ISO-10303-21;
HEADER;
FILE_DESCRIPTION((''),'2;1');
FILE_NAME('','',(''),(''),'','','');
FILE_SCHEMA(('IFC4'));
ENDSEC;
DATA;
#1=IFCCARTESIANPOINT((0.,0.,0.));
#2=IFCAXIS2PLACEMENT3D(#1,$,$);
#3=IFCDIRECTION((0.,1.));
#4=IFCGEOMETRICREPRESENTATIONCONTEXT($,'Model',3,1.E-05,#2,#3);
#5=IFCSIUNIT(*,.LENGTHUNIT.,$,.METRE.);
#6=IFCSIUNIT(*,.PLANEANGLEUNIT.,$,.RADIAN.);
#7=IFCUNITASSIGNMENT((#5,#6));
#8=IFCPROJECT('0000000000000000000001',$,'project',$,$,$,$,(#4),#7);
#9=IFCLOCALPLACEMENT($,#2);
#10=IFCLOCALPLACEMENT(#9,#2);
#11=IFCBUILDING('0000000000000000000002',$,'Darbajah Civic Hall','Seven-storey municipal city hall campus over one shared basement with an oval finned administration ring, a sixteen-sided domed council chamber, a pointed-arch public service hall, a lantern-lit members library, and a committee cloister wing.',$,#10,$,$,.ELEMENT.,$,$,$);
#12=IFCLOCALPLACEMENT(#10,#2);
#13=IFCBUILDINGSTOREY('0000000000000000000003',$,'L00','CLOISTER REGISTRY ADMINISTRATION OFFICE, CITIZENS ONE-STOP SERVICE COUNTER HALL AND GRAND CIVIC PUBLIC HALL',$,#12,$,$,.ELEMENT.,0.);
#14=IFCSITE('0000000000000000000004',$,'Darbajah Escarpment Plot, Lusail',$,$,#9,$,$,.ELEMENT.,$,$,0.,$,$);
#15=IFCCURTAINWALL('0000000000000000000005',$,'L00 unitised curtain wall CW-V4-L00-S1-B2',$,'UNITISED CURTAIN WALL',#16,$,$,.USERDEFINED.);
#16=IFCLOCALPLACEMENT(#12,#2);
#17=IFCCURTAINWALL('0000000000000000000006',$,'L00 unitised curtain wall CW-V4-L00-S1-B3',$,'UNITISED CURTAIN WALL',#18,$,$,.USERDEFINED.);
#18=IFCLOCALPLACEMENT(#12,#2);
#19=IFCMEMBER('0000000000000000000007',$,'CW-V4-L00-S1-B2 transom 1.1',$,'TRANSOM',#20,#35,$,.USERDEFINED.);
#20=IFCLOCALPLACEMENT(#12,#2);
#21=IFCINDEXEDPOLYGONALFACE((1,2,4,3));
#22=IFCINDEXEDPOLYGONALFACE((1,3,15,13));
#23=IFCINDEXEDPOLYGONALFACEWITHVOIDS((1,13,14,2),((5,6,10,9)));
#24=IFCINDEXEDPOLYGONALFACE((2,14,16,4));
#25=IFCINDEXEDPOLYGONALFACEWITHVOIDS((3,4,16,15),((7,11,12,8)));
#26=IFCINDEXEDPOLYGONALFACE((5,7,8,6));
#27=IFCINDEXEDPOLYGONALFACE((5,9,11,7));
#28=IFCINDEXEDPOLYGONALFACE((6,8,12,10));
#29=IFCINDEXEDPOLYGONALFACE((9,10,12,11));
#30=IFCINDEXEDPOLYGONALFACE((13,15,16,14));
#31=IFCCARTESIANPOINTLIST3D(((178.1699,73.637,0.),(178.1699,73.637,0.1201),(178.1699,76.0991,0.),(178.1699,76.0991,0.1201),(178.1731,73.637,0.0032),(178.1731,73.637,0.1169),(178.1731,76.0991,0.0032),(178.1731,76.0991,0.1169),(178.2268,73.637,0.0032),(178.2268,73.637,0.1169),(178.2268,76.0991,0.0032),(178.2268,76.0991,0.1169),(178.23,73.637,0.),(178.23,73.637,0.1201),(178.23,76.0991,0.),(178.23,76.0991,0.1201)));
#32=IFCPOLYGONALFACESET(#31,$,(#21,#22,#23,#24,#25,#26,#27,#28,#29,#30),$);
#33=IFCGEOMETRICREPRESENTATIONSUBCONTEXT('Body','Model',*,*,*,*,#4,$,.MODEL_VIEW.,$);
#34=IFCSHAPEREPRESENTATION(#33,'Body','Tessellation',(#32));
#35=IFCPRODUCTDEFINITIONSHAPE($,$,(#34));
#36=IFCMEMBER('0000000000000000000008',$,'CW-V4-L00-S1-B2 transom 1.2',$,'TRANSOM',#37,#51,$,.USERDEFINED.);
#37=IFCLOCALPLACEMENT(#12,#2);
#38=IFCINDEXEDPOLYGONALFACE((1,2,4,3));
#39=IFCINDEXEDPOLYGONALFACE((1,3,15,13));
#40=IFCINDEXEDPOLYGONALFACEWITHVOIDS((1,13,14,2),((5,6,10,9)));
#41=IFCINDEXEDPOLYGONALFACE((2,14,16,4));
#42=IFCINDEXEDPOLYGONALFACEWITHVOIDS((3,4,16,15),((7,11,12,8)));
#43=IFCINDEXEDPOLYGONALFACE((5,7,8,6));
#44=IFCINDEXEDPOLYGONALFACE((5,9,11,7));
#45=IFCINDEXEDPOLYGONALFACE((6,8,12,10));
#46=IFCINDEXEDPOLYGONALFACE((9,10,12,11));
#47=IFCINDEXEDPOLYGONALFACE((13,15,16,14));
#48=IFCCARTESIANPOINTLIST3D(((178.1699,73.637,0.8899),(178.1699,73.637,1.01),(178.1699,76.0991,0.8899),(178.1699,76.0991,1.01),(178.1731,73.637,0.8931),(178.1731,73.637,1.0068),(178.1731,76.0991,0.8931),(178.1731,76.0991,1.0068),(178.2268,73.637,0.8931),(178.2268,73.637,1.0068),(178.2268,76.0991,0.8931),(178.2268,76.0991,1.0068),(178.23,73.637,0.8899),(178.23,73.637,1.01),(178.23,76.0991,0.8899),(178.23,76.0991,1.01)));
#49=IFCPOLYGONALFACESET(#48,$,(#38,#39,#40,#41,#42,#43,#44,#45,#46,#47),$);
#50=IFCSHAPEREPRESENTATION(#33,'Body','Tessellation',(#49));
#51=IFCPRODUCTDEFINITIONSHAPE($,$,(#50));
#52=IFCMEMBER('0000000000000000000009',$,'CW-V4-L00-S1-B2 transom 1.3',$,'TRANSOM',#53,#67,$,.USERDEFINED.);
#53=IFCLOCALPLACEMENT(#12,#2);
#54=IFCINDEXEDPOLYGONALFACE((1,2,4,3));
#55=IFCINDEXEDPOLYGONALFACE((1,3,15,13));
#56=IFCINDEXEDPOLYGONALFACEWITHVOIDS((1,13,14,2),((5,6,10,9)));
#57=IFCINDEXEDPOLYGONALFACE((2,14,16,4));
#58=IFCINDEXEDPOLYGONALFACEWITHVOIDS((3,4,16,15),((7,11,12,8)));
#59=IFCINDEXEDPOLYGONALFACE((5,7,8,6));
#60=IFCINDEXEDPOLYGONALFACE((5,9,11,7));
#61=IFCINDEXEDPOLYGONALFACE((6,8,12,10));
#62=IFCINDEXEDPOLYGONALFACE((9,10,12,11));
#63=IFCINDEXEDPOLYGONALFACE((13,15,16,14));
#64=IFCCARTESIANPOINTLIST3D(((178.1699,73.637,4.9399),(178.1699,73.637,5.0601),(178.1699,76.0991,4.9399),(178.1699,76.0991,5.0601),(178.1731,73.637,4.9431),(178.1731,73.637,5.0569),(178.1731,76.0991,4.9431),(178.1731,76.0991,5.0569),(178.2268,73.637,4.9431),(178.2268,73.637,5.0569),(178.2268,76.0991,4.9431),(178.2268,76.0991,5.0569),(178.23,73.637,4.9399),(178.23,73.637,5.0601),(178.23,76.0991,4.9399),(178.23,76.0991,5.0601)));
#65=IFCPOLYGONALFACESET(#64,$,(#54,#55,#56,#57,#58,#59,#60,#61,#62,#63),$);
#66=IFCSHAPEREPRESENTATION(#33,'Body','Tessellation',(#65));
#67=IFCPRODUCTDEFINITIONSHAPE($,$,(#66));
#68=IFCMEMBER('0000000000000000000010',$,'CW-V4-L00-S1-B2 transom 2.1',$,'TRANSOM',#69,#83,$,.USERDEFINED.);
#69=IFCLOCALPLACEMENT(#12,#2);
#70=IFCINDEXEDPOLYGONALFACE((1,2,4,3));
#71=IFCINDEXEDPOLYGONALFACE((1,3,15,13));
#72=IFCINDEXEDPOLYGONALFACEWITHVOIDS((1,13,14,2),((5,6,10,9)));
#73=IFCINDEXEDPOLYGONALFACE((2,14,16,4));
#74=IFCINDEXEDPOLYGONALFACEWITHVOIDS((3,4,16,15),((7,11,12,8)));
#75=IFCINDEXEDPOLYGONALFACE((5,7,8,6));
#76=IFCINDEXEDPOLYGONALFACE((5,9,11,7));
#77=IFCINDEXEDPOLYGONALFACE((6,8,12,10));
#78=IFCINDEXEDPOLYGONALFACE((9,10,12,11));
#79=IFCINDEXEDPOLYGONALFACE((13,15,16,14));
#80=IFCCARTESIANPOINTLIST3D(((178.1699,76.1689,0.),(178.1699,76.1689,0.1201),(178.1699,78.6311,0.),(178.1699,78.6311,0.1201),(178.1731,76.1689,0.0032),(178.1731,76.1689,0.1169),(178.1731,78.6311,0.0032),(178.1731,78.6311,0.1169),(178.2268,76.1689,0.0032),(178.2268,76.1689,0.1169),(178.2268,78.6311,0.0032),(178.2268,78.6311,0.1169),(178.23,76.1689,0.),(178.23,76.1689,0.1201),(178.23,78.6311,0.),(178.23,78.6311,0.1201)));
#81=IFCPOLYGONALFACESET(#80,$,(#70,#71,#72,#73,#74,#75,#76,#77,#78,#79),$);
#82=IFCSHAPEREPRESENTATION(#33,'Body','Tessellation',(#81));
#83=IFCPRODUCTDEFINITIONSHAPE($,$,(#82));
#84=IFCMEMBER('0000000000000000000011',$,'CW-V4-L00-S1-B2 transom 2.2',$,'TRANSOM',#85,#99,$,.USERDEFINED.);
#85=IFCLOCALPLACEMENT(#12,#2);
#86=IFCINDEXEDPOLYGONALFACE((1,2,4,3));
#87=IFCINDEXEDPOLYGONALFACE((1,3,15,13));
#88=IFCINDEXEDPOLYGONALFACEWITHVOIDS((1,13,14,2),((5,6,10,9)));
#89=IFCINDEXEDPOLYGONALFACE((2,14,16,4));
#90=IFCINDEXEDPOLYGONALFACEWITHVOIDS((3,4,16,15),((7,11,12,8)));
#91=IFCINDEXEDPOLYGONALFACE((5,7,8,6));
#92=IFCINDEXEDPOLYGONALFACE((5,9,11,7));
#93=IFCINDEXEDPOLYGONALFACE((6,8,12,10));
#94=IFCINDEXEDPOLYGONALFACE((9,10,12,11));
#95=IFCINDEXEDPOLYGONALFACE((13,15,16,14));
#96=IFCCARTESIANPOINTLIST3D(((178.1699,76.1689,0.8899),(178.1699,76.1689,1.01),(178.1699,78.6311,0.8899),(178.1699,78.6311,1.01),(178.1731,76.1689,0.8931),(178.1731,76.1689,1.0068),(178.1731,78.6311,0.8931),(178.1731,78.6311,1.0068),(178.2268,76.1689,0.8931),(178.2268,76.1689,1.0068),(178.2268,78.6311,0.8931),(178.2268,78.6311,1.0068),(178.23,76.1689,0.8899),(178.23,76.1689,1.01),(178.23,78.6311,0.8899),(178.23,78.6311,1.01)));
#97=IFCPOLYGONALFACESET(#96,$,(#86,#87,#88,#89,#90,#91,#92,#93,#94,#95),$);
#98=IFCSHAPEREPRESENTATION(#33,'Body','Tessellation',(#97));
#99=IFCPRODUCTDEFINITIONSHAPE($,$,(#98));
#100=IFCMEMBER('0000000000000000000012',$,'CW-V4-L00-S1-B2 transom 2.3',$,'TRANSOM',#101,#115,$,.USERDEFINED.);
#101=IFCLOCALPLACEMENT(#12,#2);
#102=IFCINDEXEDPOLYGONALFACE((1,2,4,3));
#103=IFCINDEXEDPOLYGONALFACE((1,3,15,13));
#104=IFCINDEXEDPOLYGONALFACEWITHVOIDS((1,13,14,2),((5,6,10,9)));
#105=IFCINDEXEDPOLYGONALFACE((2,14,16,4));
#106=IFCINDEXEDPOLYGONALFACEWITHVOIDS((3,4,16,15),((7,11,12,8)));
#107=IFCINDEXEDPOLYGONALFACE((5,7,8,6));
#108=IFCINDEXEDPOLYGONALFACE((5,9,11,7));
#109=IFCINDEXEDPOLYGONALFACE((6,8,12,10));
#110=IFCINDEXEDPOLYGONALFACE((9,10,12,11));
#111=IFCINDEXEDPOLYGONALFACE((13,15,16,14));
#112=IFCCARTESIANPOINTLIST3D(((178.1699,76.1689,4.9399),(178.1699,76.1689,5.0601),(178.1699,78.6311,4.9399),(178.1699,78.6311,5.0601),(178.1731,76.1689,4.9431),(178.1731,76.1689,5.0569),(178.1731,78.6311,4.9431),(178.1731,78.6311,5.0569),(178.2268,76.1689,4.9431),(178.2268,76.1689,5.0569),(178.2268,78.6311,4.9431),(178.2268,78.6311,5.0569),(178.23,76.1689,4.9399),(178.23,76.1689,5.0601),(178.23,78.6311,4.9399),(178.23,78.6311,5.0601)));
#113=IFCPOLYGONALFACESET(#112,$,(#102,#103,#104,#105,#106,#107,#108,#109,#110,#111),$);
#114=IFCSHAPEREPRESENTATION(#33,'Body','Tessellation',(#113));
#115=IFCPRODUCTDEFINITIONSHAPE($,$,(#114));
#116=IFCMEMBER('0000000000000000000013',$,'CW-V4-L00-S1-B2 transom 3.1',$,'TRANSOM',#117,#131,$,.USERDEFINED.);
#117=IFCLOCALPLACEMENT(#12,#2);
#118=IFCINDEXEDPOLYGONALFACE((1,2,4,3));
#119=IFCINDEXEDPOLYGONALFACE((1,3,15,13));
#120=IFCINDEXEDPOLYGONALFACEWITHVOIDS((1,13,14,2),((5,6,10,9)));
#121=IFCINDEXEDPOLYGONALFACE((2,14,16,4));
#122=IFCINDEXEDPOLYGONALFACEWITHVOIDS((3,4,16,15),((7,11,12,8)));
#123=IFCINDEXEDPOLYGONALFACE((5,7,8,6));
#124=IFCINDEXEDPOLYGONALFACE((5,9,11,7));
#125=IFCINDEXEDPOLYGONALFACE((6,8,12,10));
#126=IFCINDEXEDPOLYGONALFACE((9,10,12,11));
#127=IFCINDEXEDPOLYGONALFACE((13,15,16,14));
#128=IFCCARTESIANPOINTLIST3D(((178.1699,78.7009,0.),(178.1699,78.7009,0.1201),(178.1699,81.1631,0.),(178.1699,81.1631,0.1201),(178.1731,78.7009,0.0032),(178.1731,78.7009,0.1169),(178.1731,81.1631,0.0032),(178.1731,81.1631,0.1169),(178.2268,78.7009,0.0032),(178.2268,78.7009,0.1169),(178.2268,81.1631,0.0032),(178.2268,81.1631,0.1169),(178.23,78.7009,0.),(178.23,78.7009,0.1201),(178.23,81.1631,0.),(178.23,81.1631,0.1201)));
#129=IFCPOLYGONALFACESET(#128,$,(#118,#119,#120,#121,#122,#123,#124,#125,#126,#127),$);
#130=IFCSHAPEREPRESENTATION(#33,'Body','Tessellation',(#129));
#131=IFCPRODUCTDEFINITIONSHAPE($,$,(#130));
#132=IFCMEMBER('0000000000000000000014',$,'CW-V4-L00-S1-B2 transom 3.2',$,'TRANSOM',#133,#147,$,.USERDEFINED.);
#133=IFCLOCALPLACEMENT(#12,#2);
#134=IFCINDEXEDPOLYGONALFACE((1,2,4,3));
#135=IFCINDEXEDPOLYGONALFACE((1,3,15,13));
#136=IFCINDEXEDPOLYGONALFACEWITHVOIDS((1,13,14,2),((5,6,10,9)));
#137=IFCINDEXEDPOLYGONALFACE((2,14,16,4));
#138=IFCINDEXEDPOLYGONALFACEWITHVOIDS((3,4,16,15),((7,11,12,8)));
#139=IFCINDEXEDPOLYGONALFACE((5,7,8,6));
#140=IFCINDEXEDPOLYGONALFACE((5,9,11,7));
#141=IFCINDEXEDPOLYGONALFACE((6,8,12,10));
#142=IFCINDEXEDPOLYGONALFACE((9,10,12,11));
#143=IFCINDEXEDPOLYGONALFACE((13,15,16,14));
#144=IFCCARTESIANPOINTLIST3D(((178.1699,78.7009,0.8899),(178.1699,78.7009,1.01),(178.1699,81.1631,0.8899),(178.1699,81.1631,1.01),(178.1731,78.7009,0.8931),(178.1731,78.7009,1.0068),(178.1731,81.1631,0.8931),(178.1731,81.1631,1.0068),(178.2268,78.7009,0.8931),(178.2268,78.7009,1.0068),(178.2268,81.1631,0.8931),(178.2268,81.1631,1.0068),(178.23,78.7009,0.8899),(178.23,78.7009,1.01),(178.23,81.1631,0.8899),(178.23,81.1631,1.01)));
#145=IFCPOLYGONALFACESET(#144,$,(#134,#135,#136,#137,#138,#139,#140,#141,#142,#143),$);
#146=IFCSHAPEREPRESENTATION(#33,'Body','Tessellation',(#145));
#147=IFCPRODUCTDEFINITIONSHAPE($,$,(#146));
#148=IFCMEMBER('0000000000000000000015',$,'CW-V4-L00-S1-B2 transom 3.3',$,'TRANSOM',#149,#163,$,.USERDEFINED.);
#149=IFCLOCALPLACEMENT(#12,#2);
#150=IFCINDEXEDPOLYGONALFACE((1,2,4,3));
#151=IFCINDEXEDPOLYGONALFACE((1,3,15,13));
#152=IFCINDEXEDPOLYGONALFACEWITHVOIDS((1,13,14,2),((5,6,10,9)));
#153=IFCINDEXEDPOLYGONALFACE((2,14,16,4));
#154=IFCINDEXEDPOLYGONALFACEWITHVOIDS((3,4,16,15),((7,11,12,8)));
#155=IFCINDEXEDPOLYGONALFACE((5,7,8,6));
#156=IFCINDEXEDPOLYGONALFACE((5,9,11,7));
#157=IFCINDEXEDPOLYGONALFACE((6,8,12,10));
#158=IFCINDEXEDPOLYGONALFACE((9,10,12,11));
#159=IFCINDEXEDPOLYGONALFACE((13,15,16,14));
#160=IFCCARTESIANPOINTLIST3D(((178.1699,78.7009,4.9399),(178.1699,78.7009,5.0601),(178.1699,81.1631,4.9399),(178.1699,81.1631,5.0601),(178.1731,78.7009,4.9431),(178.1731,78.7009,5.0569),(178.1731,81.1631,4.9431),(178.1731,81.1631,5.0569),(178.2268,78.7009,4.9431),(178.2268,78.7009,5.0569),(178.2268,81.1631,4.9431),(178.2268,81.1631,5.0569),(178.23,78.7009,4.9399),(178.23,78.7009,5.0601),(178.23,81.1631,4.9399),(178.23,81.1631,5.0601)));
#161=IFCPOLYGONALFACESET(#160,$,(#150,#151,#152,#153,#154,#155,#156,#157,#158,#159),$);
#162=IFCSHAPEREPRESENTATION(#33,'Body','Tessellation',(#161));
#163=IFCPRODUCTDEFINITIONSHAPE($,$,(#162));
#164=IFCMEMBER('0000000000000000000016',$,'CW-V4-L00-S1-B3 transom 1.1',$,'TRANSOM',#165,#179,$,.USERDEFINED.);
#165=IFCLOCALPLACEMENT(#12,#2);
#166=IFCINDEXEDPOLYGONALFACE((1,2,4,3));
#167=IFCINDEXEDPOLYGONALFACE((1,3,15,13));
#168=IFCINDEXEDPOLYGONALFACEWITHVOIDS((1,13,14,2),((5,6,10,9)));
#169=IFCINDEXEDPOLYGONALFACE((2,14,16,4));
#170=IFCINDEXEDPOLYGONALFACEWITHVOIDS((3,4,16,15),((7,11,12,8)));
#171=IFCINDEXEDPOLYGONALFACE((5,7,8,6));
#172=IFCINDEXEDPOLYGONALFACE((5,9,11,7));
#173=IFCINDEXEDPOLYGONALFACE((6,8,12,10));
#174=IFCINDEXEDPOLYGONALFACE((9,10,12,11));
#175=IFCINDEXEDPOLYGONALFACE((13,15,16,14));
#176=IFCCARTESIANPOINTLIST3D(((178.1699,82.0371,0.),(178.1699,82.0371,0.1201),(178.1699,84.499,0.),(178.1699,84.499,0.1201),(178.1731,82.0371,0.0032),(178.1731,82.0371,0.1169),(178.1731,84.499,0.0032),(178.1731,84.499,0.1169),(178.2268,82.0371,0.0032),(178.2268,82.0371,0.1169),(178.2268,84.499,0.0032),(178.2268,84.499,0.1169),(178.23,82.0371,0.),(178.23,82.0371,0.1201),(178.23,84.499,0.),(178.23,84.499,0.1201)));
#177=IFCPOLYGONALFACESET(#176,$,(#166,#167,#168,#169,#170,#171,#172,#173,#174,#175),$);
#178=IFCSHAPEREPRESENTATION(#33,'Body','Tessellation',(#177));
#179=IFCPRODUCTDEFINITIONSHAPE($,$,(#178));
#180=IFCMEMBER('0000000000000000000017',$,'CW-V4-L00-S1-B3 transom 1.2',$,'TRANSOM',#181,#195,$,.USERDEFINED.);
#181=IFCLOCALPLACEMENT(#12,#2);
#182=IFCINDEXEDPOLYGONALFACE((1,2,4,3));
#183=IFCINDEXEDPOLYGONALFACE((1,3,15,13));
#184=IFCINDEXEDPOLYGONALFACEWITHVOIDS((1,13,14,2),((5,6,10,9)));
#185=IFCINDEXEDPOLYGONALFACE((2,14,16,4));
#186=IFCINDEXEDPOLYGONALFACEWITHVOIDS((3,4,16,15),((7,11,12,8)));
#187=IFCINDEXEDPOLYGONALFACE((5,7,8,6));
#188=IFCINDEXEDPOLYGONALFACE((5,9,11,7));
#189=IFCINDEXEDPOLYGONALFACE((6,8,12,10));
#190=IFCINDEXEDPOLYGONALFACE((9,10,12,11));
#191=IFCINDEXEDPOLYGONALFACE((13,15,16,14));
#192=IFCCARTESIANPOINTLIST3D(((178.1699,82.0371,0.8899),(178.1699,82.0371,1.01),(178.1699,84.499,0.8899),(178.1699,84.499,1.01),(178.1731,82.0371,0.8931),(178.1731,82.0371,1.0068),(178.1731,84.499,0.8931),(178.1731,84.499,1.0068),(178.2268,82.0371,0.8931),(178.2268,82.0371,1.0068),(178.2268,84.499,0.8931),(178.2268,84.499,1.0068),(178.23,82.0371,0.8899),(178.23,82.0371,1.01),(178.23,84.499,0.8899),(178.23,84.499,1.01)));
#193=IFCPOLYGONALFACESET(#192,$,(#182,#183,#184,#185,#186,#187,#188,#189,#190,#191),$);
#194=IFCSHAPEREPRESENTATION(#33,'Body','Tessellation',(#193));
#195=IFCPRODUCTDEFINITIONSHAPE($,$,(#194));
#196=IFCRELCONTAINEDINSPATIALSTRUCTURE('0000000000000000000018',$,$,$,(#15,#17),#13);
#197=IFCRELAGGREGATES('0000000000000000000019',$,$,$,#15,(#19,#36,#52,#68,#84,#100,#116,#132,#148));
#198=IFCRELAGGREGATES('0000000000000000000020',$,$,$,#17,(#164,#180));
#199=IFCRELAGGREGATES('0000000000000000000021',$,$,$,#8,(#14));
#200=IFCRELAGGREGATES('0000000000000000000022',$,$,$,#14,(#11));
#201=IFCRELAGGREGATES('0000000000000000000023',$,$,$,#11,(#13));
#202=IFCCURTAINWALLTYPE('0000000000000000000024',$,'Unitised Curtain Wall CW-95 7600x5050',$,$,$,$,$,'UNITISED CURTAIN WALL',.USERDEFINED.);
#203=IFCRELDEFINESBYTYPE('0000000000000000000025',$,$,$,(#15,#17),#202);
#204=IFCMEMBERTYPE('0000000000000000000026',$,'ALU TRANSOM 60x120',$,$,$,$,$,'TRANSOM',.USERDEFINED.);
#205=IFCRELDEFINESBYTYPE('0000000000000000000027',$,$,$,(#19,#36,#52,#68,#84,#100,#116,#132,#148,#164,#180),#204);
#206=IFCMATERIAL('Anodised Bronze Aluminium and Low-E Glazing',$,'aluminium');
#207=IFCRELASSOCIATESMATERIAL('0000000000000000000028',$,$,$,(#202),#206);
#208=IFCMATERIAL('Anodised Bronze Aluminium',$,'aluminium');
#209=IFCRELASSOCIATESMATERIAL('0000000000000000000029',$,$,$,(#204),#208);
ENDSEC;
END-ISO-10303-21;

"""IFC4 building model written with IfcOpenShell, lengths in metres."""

from ifc_helpers import new_model, si_unit, direction, frame, origin, origin_2d, place, context, subcontext, project, spatial, hollow_rectangle, extrude, material, material_profile, profile_set, type_object, element, aggregate, save


model = new_model("IFC4")

# Units and contexts
model_context = context("Model", 3, precision=1e-05, world=origin(), true_north=direction((0.0, 1.0)))
body_context = subcontext(model_context, "Body", "Model", "MODEL_VIEW")
ifc_project = project(units=[si_unit("LENGTHUNIT", "METRE"), si_unit("PLANEANGLEUNIT", "RADIAN")], contexts=[model_context])

# Site, building, storey
site_placement = place(None, origin())
site = spatial("IfcSite", under=ifc_project, at=site_placement, Name="Darbajah Escarpment Plot, Lusail", CompositionType="ELEMENT", RefElevation=0.0)
building_placement = place(site_placement, origin())
building = spatial("IfcBuilding", under=site, at=building_placement, Name="Darbajah Civic Hall", Description="Seven-storey municipal city hall campus over one shared basement with an oval finned administration ring, a sixteen-sided domed council chamber, a pointed-arch public service hall, a lantern-lit members library, and a committee cloister wing.", CompositionType="ELEMENT")
storey_placement = place(building_placement, origin())
storey = spatial("IfcBuildingStorey", under=building, at=storey_placement, Name="L00", Description="CLOISTER REGISTRY ADMINISTRATION OFFICE, CITIZENS ONE-STOP SERVICE COUNTER HALL AND GRAND CIVIC PUBLIC HALL", CompositionType="ELEMENT", Elevation=0.0)

# Shared definitions
ifc_material_1 = material(Name="Anodised Bronze Aluminium and Low-E Glazing", Category="aluminium")
curtain_wall_type = type_object("IfcCurtainWallType", Name="Unitised Curtain Wall CW-95 7600x5050", ElementType="UNITISED CURTAIN WALL", PredefinedType="USERDEFINED", material=ifc_material_1)
ifc_material_2 = material(Name="Anodised Bronze Aluminium", Category="aluminium")

# Curtain walls
curtain_wall_1_placement = place(storey_placement, origin())
curtain_wall_1 = element("IfcCurtainWall", 1, at=curtain_wall_1_placement, inside=storey, type_object=curtain_wall_type, Name="L00 unitised curtain wall CW-V4-L00-S1-B2", ObjectType="UNITISED CURTAIN WALL", PredefinedType="USERDEFINED")
curtain_wall_2_placement = place(storey_placement, origin())
curtain_wall_2 = element("IfcCurtainWall", 2, at=curtain_wall_2_placement, inside=storey, type_object=curtain_wall_type, Name="L00 unitised curtain wall CW-V4-L00-S1-B3", ObjectType="UNITISED CURTAIN WALL", PredefinedType="USERDEFINED")

# Members
ifc_material_profile_1 = material_profile(ifc_material_2, hollow_rectangle(XDim=0.0601, YDim=0.1201, WallThickness=0.0032, at=origin_2d()), Name="ALU TRANSOM 60x120")
ifc_profile_set_1 = profile_set([ifc_material_profile_1], Name="Anodised Bronze Aluminium")
member_type_1 = type_object("IfcMemberType", Name="ALU TRANSOM 60x120", ElementType="TRANSOM", PredefinedType="USERDEFINED", material=ifc_profile_set_1)
member_1_placement = place(storey_placement, frame((178.2, 73.637, 0.0601), z_axis=(0.0, 1.0, 0.0), x_axis=(-1.0, 0.0, 0.0)))
member_1 = element("IfcMember", 3, at=member_1_placement, type_object=member_type_1, Name="CW-V4-L00-S1-B2 transom 1.1", ObjectType="TRANSOM", PredefinedType="USERDEFINED", context=body_context, shape_type="SweptSolid", body=[
    extrude(hollow_rectangle(XDim=0.0601, YDim=0.1201, WallThickness=0.0032, at=origin_2d()), origin(), (0.0, 0.0, 1.0), 2.4622),
])
member_2_placement = place(storey_placement, frame((178.2, 73.637, 0.95), z_axis=(0.0, 1.0, 0.0), x_axis=(-1.0, 0.0, 0.0)))
member_2 = element("IfcMember", 4, at=member_2_placement, type_object=member_type_1, Name="CW-V4-L00-S1-B2 transom 1.2", ObjectType="TRANSOM", PredefinedType="USERDEFINED", context=body_context, shape_type="SweptSolid", body=[
    extrude(hollow_rectangle(XDim=0.0601, YDim=0.1201, WallThickness=0.0032, at=origin_2d()), origin(), (0.0, 0.0, 1.0), 2.4622),
])
member_3_placement = place(storey_placement, frame((178.2, 73.637, 5.0), z_axis=(0.0, 1.0, 0.0), x_axis=(-1.0, 0.0, 0.0)))
member_3 = element("IfcMember", 5, at=member_3_placement, type_object=member_type_1, Name="CW-V4-L00-S1-B2 transom 1.3", ObjectType="TRANSOM", PredefinedType="USERDEFINED", context=body_context, shape_type="SweptSolid", body=[
    extrude(hollow_rectangle(XDim=0.0601, YDim=0.1201, WallThickness=0.0032, at=origin_2d()), origin(), (0.0, 0.0, 1.0), 2.4622),
])
member_4_placement = place(storey_placement, frame((178.2, 76.1689, 0.0601), z_axis=(0.0, 1.0, 0.0), x_axis=(-1.0, 0.0, 0.0)))
member_4 = element("IfcMember", 6, at=member_4_placement, type_object=member_type_1, Name="CW-V4-L00-S1-B2 transom 2.1", ObjectType="TRANSOM", PredefinedType="USERDEFINED", context=body_context, shape_type="SweptSolid", body=[
    extrude(hollow_rectangle(XDim=0.0601, YDim=0.1201, WallThickness=0.0032, at=origin_2d()), origin(), (0.0, 0.0, 1.0), 2.4622),
])
member_5_placement = place(storey_placement, frame((178.2, 76.1689, 0.95), z_axis=(0.0, 1.0, 0.0), x_axis=(-1.0, 0.0, 0.0)))
member_5 = element("IfcMember", 7, at=member_5_placement, type_object=member_type_1, Name="CW-V4-L00-S1-B2 transom 2.2", ObjectType="TRANSOM", PredefinedType="USERDEFINED", context=body_context, shape_type="SweptSolid", body=[
    extrude(hollow_rectangle(XDim=0.0601, YDim=0.1201, WallThickness=0.0032, at=origin_2d()), origin(), (0.0, 0.0, 1.0), 2.4622),
])
member_6_placement = place(storey_placement, frame((178.2, 76.1689, 5.0), z_axis=(0.0, 1.0, 0.0), x_axis=(-1.0, 0.0, 0.0)))
member_6 = element("IfcMember", 8, at=member_6_placement, type_object=member_type_1, Name="CW-V4-L00-S1-B2 transom 2.3", ObjectType="TRANSOM", PredefinedType="USERDEFINED", context=body_context, shape_type="SweptSolid", body=[
    extrude(hollow_rectangle(XDim=0.0601, YDim=0.1201, WallThickness=0.0032, at=origin_2d()), origin(), (0.0, 0.0, 1.0), 2.4622),
])
member_7_placement = place(storey_placement, frame((178.2, 78.7009, 0.0601), z_axis=(0.0, 1.0, 0.0), x_axis=(-1.0, 0.0, 0.0)))
member_7 = element("IfcMember", 9, at=member_7_placement, type_object=member_type_1, Name="CW-V4-L00-S1-B2 transom 3.1", ObjectType="TRANSOM", PredefinedType="USERDEFINED", context=body_context, shape_type="SweptSolid", body=[
    extrude(hollow_rectangle(XDim=0.0601, YDim=0.1201, WallThickness=0.0032, at=origin_2d()), origin(), (0.0, 0.0, 1.0), 2.4622),
])
member_8_placement = place(storey_placement, frame((178.2, 78.7009, 0.95), z_axis=(0.0, 1.0, 0.0), x_axis=(-1.0, 0.0, 0.0)))
member_8 = element("IfcMember", 10, at=member_8_placement, type_object=member_type_1, Name="CW-V4-L00-S1-B2 transom 3.2", ObjectType="TRANSOM", PredefinedType="USERDEFINED", context=body_context, shape_type="SweptSolid", body=[
    extrude(hollow_rectangle(XDim=0.0601, YDim=0.1201, WallThickness=0.0032, at=origin_2d()), origin(), (0.0, 0.0, 1.0), 2.4622),
])
member_9_placement = place(storey_placement, frame((178.2, 78.7009, 5.0), z_axis=(0.0, 1.0, 0.0), x_axis=(-1.0, 0.0, 0.0)))
member_9 = element("IfcMember", 11, at=member_9_placement, type_object=member_type_1, Name="CW-V4-L00-S1-B2 transom 3.3", ObjectType="TRANSOM", PredefinedType="USERDEFINED", context=body_context, shape_type="SweptSolid", body=[
    extrude(hollow_rectangle(XDim=0.0601, YDim=0.1201, WallThickness=0.0032, at=origin_2d()), origin(), (0.0, 0.0, 1.0), 2.4622),
])
member_10_placement = place(storey_placement, frame((178.2, 82.0371, 0.0601), z_axis=(0.0, 1.0, 0.0), x_axis=(-1.0, 0.0, 0.0)))
member_10 = element("IfcMember", 12, at=member_10_placement, type_object=member_type_1, Name="CW-V4-L00-S1-B3 transom 1.1", ObjectType="TRANSOM", PredefinedType="USERDEFINED", context=body_context, shape_type="SweptSolid", body=[
    extrude(hollow_rectangle(XDim=0.0601, YDim=0.1201, WallThickness=0.0032, at=origin_2d()), origin(), (0.0, 0.0, 1.0), 2.4619),
])
member_11_placement = place(storey_placement, frame((178.2, 82.0371, 0.95), z_axis=(0.0, 1.0, 0.0), x_axis=(-1.0, 0.0, 0.0)))
member_11 = element("IfcMember", 13, at=member_11_placement, type_object=member_type_1, Name="CW-V4-L00-S1-B3 transom 1.2", ObjectType="TRANSOM", PredefinedType="USERDEFINED", context=body_context, shape_type="SweptSolid", body=[
    extrude(hollow_rectangle(XDim=0.0601, YDim=0.1201, WallThickness=0.0032, at=origin_2d()), origin(), (0.0, 0.0, 1.0), 2.4619),
])

aggregate(curtain_wall_1, [member_1, member_2, member_3, member_4, member_5, member_6, member_7, member_8, member_9])
aggregate(curtain_wall_2, [member_10, member_11])

save(model, "model.ifc")
